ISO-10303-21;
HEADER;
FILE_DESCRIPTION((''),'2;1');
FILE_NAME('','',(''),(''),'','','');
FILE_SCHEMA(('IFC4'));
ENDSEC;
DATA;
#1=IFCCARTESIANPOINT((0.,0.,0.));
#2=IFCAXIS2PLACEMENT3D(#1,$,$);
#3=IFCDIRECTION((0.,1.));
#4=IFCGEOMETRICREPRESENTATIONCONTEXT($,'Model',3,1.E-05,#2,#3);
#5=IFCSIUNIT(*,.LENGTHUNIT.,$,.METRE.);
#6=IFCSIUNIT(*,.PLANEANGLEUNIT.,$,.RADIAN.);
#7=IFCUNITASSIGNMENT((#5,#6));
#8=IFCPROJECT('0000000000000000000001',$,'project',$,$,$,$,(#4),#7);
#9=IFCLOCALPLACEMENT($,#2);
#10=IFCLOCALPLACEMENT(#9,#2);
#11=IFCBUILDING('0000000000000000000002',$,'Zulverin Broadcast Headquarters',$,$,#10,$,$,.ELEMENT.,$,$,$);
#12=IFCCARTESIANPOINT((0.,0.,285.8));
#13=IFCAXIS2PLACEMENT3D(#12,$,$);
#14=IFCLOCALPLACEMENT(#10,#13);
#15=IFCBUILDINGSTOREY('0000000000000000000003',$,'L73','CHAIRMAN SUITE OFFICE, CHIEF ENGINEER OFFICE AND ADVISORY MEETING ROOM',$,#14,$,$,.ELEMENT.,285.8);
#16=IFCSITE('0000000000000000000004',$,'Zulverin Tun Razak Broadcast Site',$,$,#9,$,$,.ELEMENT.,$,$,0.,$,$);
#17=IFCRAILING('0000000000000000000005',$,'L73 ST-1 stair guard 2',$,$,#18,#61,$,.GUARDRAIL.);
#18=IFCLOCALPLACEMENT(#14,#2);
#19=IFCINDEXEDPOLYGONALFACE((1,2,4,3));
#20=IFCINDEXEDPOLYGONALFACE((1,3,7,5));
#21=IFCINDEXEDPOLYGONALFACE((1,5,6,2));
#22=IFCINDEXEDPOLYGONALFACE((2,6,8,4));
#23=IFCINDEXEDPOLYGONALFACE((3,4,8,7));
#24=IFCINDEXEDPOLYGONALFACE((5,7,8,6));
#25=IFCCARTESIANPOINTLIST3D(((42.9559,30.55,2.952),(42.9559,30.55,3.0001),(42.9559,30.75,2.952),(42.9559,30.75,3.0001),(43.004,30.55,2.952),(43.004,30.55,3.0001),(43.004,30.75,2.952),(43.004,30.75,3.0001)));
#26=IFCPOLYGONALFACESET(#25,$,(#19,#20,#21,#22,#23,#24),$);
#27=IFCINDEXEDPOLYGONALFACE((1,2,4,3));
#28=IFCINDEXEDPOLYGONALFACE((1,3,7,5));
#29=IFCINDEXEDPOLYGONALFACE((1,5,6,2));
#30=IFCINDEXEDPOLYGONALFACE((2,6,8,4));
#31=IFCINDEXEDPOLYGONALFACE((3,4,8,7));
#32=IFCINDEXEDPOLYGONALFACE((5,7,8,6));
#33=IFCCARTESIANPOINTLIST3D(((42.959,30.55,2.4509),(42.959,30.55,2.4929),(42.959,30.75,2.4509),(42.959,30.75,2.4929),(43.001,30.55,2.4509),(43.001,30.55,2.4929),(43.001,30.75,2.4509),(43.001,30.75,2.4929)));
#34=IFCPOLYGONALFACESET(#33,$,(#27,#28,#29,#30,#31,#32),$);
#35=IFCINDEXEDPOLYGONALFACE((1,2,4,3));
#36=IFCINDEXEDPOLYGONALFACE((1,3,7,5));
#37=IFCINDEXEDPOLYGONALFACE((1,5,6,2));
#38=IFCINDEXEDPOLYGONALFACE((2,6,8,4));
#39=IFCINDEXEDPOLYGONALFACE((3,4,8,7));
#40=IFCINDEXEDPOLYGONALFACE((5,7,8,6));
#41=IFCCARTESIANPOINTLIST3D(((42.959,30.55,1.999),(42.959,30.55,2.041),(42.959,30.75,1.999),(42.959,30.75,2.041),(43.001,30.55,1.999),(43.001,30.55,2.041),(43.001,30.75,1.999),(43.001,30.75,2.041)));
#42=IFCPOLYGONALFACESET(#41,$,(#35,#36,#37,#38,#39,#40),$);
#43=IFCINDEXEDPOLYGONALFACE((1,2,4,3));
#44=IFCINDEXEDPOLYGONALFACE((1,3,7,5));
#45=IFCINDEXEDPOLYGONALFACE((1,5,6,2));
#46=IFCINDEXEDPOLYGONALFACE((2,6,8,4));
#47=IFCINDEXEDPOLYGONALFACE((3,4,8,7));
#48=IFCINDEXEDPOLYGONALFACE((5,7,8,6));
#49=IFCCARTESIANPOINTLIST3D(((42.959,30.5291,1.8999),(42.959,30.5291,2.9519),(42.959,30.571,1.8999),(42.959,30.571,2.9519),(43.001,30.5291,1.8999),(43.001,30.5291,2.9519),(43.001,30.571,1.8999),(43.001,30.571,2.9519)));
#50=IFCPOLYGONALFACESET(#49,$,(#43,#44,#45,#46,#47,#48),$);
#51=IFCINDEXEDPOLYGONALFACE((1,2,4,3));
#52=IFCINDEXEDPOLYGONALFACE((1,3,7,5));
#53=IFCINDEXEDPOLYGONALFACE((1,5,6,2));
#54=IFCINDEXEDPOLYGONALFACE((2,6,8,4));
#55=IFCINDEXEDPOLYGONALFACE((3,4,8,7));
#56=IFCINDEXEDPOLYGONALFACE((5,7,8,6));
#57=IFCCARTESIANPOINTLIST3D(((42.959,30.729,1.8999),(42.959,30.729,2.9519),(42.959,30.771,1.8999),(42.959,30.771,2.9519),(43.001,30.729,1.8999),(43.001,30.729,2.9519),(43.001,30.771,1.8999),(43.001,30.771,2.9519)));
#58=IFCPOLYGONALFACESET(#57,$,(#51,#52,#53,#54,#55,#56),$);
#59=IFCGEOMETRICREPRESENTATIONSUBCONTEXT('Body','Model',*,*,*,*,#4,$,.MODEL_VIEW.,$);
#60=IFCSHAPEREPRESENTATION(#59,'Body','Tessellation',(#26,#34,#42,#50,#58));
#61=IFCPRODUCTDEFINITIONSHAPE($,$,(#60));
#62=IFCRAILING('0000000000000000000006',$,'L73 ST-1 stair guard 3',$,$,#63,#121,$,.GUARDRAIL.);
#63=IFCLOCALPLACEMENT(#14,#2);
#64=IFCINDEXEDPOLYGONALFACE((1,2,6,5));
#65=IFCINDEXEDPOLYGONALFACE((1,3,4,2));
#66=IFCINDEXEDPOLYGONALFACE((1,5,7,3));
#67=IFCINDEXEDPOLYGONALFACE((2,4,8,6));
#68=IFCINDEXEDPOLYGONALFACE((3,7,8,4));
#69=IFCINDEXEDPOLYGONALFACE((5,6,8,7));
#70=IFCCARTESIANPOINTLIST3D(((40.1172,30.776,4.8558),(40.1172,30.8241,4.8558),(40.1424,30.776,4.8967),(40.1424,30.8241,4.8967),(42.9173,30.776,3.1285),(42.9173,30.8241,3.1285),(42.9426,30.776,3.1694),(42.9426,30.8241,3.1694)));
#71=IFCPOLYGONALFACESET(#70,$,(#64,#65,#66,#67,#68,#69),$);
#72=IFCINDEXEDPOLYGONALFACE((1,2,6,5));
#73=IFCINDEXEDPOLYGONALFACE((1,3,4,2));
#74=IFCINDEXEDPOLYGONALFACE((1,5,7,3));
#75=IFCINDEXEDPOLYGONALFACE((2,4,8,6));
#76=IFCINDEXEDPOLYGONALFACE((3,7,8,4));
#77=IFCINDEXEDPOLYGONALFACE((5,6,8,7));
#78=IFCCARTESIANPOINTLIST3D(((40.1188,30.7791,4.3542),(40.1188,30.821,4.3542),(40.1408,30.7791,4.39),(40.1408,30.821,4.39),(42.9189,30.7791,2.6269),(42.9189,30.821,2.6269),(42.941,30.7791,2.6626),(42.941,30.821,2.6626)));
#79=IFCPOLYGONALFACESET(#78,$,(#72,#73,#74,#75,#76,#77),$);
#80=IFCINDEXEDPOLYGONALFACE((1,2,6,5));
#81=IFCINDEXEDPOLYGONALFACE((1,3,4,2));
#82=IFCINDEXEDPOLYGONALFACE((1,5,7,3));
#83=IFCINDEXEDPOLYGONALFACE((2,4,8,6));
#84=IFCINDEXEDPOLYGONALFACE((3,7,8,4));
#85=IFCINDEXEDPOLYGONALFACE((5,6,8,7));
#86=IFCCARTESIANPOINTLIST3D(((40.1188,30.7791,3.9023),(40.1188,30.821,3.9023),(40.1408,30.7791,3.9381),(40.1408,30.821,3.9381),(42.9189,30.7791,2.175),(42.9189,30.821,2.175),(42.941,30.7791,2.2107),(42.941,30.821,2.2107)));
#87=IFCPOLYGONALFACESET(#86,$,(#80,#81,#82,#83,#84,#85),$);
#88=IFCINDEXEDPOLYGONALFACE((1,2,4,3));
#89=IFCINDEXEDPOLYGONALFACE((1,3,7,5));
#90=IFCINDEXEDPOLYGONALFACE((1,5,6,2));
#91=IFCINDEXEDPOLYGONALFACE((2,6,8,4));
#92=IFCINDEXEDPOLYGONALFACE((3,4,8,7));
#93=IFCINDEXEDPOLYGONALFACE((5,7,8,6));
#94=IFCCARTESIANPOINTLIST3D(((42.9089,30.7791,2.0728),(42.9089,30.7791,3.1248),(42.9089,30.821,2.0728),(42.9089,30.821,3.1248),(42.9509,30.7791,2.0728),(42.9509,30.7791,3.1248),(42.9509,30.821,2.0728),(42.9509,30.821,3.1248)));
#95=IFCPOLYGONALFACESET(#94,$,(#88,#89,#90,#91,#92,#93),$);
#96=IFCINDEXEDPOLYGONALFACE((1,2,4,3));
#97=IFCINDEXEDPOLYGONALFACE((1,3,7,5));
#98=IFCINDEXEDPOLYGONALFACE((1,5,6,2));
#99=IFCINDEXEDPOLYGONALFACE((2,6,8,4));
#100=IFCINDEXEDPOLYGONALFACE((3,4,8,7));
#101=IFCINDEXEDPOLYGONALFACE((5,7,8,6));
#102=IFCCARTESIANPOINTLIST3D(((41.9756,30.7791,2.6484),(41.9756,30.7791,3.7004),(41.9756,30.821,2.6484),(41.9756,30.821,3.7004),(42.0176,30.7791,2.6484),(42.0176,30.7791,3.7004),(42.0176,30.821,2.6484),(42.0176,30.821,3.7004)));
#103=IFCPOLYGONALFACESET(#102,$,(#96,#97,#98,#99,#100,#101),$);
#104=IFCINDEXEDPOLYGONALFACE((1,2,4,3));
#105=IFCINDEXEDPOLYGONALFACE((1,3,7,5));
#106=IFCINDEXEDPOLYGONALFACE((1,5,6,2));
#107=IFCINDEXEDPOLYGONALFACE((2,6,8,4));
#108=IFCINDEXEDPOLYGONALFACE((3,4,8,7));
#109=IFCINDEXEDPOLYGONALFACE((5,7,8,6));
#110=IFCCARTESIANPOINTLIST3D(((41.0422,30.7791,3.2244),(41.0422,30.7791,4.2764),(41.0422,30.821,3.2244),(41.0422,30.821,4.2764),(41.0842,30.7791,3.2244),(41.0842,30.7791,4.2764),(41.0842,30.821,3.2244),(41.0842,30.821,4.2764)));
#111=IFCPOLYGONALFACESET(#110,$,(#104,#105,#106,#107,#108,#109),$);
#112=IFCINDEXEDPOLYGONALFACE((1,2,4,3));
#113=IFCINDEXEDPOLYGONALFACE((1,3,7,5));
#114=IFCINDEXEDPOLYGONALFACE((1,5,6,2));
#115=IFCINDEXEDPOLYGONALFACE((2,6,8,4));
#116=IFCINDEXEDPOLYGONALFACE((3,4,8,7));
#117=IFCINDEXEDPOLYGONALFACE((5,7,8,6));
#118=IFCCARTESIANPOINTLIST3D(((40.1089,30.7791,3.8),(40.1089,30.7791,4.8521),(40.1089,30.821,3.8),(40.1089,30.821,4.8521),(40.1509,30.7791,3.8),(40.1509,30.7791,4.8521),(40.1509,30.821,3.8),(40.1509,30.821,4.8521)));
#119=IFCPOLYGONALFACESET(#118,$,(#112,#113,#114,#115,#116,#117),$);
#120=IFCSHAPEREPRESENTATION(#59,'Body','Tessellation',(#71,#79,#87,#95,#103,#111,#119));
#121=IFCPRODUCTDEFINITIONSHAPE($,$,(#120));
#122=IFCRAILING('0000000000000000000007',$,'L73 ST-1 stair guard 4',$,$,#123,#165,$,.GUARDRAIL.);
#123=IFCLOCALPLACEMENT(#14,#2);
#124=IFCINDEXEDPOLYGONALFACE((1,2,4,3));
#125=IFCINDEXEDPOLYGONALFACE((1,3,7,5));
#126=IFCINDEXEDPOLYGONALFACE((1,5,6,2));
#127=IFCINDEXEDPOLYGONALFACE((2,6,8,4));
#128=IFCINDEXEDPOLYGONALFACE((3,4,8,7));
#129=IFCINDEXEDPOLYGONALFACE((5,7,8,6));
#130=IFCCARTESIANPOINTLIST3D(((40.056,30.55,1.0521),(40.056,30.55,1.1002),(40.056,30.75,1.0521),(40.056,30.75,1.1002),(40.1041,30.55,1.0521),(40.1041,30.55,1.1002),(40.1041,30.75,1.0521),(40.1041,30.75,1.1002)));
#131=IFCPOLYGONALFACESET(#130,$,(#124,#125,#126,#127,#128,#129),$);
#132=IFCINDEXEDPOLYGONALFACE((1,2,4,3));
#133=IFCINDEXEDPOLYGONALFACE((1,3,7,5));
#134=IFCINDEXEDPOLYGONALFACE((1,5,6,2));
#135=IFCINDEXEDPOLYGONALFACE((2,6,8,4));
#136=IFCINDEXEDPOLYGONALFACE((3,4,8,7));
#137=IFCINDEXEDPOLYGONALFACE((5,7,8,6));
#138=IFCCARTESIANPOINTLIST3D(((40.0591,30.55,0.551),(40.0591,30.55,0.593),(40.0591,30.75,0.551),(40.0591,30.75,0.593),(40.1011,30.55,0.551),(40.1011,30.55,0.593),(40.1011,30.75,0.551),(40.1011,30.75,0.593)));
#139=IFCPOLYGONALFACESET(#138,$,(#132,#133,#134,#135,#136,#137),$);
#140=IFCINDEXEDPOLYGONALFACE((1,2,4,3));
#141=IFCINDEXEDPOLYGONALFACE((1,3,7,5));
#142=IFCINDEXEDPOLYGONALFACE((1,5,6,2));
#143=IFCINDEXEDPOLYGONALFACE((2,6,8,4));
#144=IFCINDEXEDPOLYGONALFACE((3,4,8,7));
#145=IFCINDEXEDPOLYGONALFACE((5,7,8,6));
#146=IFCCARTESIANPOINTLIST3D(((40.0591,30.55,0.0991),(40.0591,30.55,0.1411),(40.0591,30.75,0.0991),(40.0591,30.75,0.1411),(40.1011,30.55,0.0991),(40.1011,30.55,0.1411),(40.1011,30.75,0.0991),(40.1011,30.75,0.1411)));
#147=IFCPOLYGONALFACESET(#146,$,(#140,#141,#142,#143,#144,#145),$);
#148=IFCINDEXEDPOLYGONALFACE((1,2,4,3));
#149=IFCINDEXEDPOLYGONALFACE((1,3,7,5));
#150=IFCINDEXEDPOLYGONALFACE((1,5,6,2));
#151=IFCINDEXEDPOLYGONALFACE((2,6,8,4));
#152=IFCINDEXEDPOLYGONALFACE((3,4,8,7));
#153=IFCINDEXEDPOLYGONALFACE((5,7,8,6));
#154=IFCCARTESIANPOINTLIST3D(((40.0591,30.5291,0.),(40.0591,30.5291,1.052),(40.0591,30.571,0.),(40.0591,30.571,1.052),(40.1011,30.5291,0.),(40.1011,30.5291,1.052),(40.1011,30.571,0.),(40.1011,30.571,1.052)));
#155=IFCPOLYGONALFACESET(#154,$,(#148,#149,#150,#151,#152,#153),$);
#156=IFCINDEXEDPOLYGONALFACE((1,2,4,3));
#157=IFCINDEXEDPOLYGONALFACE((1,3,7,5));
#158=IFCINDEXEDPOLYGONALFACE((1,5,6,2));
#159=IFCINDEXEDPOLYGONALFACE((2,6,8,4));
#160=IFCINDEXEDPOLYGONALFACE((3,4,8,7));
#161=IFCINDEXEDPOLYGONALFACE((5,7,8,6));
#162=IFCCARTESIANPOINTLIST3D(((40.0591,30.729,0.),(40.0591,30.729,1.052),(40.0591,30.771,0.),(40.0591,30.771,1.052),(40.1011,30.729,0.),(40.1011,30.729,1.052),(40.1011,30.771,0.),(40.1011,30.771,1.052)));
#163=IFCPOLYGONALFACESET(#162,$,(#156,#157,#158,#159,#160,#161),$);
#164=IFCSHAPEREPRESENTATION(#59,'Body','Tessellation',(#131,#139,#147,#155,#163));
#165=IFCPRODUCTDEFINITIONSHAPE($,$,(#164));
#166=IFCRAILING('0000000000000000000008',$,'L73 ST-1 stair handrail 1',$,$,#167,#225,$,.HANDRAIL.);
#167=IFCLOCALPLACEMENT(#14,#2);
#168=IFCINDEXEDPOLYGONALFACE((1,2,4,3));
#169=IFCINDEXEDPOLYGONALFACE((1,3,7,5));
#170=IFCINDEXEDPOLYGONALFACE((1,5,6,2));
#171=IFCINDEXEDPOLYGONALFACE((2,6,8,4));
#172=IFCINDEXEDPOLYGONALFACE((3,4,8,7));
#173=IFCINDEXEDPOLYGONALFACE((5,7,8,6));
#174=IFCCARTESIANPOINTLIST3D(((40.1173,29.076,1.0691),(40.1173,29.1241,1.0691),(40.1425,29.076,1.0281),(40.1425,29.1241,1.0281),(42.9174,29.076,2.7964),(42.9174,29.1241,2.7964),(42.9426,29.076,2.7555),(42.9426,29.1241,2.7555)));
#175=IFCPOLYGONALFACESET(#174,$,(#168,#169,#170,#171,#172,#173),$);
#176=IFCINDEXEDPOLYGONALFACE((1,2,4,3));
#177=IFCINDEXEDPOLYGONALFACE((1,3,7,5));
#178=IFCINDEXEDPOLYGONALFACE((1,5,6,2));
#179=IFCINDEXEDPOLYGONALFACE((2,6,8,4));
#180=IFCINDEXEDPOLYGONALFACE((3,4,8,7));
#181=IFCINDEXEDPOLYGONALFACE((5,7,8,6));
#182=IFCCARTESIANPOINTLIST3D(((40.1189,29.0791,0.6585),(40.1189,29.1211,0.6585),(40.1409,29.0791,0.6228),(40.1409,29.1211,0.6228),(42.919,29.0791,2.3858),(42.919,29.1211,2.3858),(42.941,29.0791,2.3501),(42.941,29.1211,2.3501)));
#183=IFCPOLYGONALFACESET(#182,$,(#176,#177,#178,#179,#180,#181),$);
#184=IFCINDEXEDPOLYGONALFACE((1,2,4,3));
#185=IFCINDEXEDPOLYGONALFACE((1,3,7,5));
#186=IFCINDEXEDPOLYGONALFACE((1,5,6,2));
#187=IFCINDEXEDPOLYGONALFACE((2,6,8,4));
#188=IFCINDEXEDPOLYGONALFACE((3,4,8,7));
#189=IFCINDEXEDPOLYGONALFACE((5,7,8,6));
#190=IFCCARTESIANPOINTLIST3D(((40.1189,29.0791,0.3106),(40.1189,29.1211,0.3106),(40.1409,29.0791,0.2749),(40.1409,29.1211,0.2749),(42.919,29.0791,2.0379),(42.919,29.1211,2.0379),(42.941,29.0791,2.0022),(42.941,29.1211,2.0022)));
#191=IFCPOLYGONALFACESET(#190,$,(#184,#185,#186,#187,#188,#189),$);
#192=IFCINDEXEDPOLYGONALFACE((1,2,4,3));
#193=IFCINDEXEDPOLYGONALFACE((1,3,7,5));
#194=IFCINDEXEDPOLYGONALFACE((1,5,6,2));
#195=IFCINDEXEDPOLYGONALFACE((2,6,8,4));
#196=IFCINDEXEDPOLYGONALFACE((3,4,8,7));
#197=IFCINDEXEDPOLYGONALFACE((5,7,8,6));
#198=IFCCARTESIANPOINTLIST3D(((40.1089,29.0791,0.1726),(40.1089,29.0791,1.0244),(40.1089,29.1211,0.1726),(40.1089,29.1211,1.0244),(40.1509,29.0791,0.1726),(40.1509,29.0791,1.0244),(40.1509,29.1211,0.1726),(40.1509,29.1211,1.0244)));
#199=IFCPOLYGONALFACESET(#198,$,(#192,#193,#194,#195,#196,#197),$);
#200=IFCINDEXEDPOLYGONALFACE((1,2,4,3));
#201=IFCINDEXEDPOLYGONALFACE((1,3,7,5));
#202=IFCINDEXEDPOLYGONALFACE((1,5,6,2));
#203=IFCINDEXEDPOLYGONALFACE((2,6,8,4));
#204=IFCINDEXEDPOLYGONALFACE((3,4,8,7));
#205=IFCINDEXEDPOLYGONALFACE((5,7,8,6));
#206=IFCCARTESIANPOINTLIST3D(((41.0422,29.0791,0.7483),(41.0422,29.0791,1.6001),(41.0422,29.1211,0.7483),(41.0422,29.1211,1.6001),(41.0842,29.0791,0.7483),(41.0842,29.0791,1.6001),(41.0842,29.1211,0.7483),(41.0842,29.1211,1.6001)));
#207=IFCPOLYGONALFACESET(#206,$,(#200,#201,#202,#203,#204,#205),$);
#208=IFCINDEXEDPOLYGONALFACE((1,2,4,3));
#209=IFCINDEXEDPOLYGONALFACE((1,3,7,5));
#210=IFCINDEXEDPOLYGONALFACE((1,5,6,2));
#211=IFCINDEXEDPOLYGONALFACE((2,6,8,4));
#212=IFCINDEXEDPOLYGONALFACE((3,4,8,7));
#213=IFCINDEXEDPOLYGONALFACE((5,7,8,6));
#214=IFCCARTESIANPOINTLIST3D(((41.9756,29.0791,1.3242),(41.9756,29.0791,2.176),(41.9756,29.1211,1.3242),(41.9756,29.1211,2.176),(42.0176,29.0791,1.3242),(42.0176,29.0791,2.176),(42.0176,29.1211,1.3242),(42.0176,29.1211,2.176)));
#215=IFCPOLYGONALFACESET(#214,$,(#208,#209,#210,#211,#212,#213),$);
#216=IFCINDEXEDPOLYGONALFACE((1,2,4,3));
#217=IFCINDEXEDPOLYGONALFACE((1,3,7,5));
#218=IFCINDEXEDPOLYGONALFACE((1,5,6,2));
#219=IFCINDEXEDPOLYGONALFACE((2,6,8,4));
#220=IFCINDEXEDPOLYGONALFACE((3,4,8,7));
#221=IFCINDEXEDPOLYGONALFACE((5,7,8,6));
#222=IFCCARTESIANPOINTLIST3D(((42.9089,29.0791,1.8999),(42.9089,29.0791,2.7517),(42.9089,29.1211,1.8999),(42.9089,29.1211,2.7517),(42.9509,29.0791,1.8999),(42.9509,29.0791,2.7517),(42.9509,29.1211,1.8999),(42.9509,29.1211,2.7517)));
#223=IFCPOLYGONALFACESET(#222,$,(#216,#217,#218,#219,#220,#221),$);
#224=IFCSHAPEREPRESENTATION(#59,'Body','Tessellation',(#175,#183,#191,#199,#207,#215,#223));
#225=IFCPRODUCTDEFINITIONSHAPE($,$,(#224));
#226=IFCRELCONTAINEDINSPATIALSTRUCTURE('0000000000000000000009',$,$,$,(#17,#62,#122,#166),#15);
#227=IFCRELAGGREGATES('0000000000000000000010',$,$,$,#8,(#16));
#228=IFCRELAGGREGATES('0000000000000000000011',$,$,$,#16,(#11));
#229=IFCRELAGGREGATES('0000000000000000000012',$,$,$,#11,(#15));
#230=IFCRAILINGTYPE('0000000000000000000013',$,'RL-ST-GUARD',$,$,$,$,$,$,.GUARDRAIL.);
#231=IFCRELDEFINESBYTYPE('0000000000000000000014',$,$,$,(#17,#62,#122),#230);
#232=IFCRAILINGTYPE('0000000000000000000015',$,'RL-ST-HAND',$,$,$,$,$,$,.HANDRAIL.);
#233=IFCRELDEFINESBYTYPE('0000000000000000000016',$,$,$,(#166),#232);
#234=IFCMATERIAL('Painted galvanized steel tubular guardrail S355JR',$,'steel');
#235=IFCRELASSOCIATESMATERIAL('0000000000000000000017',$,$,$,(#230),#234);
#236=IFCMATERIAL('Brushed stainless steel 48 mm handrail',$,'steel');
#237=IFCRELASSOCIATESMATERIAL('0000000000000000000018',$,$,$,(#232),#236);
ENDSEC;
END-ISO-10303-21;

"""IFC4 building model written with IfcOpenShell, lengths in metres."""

from ifc_helpers import new_model, si_unit, direction, frame, origin, origin_2d, place, context, subcontext, project, spatial, rectangle, extrude, material, type_object, element, save


model = new_model("IFC4")

# Units and contexts
model_context = context("Model", 3, precision=1e-05, world=origin(), true_north=direction((0.0, 1.0)))
body_context = subcontext(model_context, "Body", "Model", "MODEL_VIEW")
ifc_project = project(units=[si_unit("LENGTHUNIT", "METRE"), si_unit("PLANEANGLEUNIT", "RADIAN")], contexts=[model_context])

# Site, building, storey
site_placement = place(None, origin())
site = spatial("IfcSite", under=ifc_project, at=site_placement, Name="Zulverin Tun Razak Broadcast Site", CompositionType="ELEMENT", RefElevation=0.0)
building_placement = place(site_placement, origin())
building = spatial("IfcBuilding", under=site, at=building_placement, Name="Zulverin Broadcast Headquarters", CompositionType="ELEMENT")
storey_placement = place(building_placement, frame((0.0, 0.0, 285.8)))
storey = spatial("IfcBuildingStorey", under=building, at=storey_placement, Name="L73", Description="CHAIRMAN SUITE OFFICE, CHIEF ENGINEER OFFICE AND ADVISORY MEETING ROOM", CompositionType="ELEMENT", Elevation=285.8)

# Railings
ifc_material_1 = material(Name="Painted galvanized steel tubular guardrail S355JR", Category="steel")
railing_type_1 = type_object("IfcRailingType", Name="RL-ST-GUARD", PredefinedType="GUARDRAIL", material=ifc_material_1)
railing_1_placement = place(storey_placement, frame((42.98, 30.55, 1.8999)))
element("IfcRailing", 1, at=railing_1_placement, inside=storey, type_object=railing_type_1, Name="L73 ST-1 stair guard 2", PredefinedType="GUARDRAIL", context=body_context, shape_type="SweptSolid", body=[
    extrude(rectangle(XDim=0.0481, YDim=0.0481, at=origin_2d()), frame((0.0, 0.0, 1.0762), z_axis=(0.0, 1.0, 0.0), x_axis=(-1.0, 0.0, 0.0)), (0.0, 0.0, 1.0), 0.2),
    extrude(rectangle(XDim=0.042, YDim=0.042, at=origin_2d()), frame((0.0, 0.0, 0.572), z_axis=(0.0, 1.0, 0.0), x_axis=(-1.0, 0.0, 0.0)), (0.0, 0.0, 1.0), 0.2),
    extrude(rectangle(XDim=0.042, YDim=0.042, at=origin_2d()), frame((0.0, 0.0, 0.1201), z_axis=(0.0, 1.0, 0.0), x_axis=(-1.0, 0.0, 0.0)), (0.0, 0.0, 1.0), 0.2),
    extrude(rectangle(XDim=0.042, YDim=0.042, at=origin_2d()), origin(), (0.0, 0.0, 1.0), 1.052),
    extrude(rectangle(XDim=0.042, YDim=0.042, at=origin_2d()), frame((0.0, 0.2, 0.0)), (0.0, 0.0, 1.0), 1.052),
])
railing_2_placement = place(storey_placement, frame((42.9299, 30.8, 2.0728)))
element("IfcRailing", 2, at=railing_2_placement, inside=storey, type_object=railing_type_1, Name="L73 ST-1 stair guard 3", PredefinedType="GUARDRAIL", context=body_context, shape_type="SweptSolid", body=[
    extrude(rectangle(XDim=0.0481, YDim=0.0481, at=origin_2d()), frame((0.0, 0.0, 1.0762), z_axis=(-0.85109, 0.0, 0.52502), x_axis=(0.0, -1.0, 0.0)), (0.0, 0.0, 1.0), 3.29),
    extrude(rectangle(XDim=0.042, YDim=0.042, at=origin_2d()), frame((0.0, 0.0, 0.572), z_axis=(-0.85109, 0.0, 0.52502), x_axis=(0.0, -1.0, 0.0)), (0.0, 0.0, 1.0), 3.29),
    extrude(rectangle(XDim=0.042, YDim=0.042, at=origin_2d()), frame((0.0, 0.0, 0.1201), z_axis=(-0.85109, 0.0, 0.52502), x_axis=(0.0, -1.0, 0.0)), (0.0, 0.0, 1.0), 3.29),
    extrude(rectangle(XDim=0.042, YDim=0.042, at=origin_2d()), origin(), (0.0, 0.0, 1.0), 1.052),
    extrude(rectangle(XDim=0.042, YDim=0.042, at=origin_2d()), frame((-0.9333, 0.0, 0.5757)), (0.0, 0.0, 1.0), 1.052),
    extrude(rectangle(XDim=0.042, YDim=0.042, at=origin_2d()), frame((-1.8667, 0.0, 1.1516)), (0.0, 0.0, 1.0), 1.052),
    extrude(rectangle(XDim=0.042, YDim=0.042, at=origin_2d()), frame((-2.8, 0.0, 1.7273)), (0.0, 0.0, 1.0), 1.052),
])
railing_3_placement = place(storey_placement, frame((40.0801, 30.55, 0.0)))
element("IfcRailing", 3, at=railing_3_placement, inside=storey, type_object=railing_type_1, Name="L73 ST-1 stair guard 4", PredefinedType="GUARDRAIL", context=body_context, shape_type="SweptSolid", body=[
    extrude(rectangle(XDim=0.0481, YDim=0.0481, at=origin_2d()), frame((0.0, 0.0, 1.0762), z_axis=(0.0, 1.0, 0.0), x_axis=(-1.0, 0.0, 0.0)), (0.0, 0.0, 1.0), 0.2),
    extrude(rectangle(XDim=0.042, YDim=0.042, at=origin_2d()), frame((0.0, 0.0, 0.572), z_axis=(0.0, 1.0, 0.0), x_axis=(-1.0, 0.0, 0.0)), (0.0, 0.0, 1.0), 0.2),
    extrude(rectangle(XDim=0.042, YDim=0.042, at=origin_2d()), frame((0.0, 0.0, 0.1201), z_axis=(0.0, 1.0, 0.0), x_axis=(-1.0, 0.0, 0.0)), (0.0, 0.0, 1.0), 0.2),
    extrude(rectangle(XDim=0.042, YDim=0.042, at=origin_2d()), origin(), (0.0, 0.0, 1.0), 1.052),
    extrude(rectangle(XDim=0.042, YDim=0.042, at=origin_2d()), frame((0.0, 0.2, 0.0)), (0.0, 0.0, 1.0), 1.052),
])
ifc_material_2 = material(Name="Brushed stainless steel 48 mm handrail", Category="steel")
railing_type_2 = type_object("IfcRailingType", Name="RL-ST-HAND", PredefinedType="HANDRAIL", material=ifc_material_2)
railing_4_placement = place(storey_placement, frame((40.1299, 29.1001, 0.1726)))
element("IfcRailing", 4, at=railing_4_placement, inside=storey, type_object=railing_type_2, Name="L73 ST-1 stair handrail 1", PredefinedType="HANDRAIL", context=body_context, shape_type="SweptSolid", body=[
    extrude(rectangle(XDim=0.0481, YDim=0.0481, at=origin_2d()), frame((0.0, 0.0, 0.876), z_axis=(0.85109, 0.0, 0.52502), x_axis=(0.0, 1.0, 0.0)), (0.0, 0.0, 1.0), 3.29),
    extrude(rectangle(XDim=0.042, YDim=0.042, at=origin_2d()), frame((0.0, 0.0, 0.468), z_axis=(0.85109, 0.0, 0.52502), x_axis=(0.0, 1.0, 0.0)), (0.0, 0.0, 1.0), 3.29),
    extrude(rectangle(XDim=0.042, YDim=0.042, at=origin_2d()), frame((0.0, 0.0, 0.1201), z_axis=(0.85109, 0.0, 0.52502), x_axis=(0.0, 1.0, 0.0)), (0.0, 0.0, 1.0), 3.29),
    extrude(rectangle(XDim=0.042, YDim=0.042, at=origin_2d()), origin(), (0.0, 0.0, 1.0), 0.8518),
    extrude(rectangle(XDim=0.042, YDim=0.042, at=origin_2d()), frame((0.9333, 0.0, 0.5757)), (0.0, 0.0, 1.0), 0.8518),
    extrude(rectangle(XDim=0.042, YDim=0.042, at=origin_2d()), frame((1.8667, 0.0, 1.1516)), (0.0, 0.0, 1.0), 0.8518),
    extrude(rectangle(XDim=0.042, YDim=0.042, at=origin_2d()), frame((2.8, 0.0, 1.7273)), (0.0, 0.0, 1.0), 0.8518),
])

save(model, "model.ifc")
